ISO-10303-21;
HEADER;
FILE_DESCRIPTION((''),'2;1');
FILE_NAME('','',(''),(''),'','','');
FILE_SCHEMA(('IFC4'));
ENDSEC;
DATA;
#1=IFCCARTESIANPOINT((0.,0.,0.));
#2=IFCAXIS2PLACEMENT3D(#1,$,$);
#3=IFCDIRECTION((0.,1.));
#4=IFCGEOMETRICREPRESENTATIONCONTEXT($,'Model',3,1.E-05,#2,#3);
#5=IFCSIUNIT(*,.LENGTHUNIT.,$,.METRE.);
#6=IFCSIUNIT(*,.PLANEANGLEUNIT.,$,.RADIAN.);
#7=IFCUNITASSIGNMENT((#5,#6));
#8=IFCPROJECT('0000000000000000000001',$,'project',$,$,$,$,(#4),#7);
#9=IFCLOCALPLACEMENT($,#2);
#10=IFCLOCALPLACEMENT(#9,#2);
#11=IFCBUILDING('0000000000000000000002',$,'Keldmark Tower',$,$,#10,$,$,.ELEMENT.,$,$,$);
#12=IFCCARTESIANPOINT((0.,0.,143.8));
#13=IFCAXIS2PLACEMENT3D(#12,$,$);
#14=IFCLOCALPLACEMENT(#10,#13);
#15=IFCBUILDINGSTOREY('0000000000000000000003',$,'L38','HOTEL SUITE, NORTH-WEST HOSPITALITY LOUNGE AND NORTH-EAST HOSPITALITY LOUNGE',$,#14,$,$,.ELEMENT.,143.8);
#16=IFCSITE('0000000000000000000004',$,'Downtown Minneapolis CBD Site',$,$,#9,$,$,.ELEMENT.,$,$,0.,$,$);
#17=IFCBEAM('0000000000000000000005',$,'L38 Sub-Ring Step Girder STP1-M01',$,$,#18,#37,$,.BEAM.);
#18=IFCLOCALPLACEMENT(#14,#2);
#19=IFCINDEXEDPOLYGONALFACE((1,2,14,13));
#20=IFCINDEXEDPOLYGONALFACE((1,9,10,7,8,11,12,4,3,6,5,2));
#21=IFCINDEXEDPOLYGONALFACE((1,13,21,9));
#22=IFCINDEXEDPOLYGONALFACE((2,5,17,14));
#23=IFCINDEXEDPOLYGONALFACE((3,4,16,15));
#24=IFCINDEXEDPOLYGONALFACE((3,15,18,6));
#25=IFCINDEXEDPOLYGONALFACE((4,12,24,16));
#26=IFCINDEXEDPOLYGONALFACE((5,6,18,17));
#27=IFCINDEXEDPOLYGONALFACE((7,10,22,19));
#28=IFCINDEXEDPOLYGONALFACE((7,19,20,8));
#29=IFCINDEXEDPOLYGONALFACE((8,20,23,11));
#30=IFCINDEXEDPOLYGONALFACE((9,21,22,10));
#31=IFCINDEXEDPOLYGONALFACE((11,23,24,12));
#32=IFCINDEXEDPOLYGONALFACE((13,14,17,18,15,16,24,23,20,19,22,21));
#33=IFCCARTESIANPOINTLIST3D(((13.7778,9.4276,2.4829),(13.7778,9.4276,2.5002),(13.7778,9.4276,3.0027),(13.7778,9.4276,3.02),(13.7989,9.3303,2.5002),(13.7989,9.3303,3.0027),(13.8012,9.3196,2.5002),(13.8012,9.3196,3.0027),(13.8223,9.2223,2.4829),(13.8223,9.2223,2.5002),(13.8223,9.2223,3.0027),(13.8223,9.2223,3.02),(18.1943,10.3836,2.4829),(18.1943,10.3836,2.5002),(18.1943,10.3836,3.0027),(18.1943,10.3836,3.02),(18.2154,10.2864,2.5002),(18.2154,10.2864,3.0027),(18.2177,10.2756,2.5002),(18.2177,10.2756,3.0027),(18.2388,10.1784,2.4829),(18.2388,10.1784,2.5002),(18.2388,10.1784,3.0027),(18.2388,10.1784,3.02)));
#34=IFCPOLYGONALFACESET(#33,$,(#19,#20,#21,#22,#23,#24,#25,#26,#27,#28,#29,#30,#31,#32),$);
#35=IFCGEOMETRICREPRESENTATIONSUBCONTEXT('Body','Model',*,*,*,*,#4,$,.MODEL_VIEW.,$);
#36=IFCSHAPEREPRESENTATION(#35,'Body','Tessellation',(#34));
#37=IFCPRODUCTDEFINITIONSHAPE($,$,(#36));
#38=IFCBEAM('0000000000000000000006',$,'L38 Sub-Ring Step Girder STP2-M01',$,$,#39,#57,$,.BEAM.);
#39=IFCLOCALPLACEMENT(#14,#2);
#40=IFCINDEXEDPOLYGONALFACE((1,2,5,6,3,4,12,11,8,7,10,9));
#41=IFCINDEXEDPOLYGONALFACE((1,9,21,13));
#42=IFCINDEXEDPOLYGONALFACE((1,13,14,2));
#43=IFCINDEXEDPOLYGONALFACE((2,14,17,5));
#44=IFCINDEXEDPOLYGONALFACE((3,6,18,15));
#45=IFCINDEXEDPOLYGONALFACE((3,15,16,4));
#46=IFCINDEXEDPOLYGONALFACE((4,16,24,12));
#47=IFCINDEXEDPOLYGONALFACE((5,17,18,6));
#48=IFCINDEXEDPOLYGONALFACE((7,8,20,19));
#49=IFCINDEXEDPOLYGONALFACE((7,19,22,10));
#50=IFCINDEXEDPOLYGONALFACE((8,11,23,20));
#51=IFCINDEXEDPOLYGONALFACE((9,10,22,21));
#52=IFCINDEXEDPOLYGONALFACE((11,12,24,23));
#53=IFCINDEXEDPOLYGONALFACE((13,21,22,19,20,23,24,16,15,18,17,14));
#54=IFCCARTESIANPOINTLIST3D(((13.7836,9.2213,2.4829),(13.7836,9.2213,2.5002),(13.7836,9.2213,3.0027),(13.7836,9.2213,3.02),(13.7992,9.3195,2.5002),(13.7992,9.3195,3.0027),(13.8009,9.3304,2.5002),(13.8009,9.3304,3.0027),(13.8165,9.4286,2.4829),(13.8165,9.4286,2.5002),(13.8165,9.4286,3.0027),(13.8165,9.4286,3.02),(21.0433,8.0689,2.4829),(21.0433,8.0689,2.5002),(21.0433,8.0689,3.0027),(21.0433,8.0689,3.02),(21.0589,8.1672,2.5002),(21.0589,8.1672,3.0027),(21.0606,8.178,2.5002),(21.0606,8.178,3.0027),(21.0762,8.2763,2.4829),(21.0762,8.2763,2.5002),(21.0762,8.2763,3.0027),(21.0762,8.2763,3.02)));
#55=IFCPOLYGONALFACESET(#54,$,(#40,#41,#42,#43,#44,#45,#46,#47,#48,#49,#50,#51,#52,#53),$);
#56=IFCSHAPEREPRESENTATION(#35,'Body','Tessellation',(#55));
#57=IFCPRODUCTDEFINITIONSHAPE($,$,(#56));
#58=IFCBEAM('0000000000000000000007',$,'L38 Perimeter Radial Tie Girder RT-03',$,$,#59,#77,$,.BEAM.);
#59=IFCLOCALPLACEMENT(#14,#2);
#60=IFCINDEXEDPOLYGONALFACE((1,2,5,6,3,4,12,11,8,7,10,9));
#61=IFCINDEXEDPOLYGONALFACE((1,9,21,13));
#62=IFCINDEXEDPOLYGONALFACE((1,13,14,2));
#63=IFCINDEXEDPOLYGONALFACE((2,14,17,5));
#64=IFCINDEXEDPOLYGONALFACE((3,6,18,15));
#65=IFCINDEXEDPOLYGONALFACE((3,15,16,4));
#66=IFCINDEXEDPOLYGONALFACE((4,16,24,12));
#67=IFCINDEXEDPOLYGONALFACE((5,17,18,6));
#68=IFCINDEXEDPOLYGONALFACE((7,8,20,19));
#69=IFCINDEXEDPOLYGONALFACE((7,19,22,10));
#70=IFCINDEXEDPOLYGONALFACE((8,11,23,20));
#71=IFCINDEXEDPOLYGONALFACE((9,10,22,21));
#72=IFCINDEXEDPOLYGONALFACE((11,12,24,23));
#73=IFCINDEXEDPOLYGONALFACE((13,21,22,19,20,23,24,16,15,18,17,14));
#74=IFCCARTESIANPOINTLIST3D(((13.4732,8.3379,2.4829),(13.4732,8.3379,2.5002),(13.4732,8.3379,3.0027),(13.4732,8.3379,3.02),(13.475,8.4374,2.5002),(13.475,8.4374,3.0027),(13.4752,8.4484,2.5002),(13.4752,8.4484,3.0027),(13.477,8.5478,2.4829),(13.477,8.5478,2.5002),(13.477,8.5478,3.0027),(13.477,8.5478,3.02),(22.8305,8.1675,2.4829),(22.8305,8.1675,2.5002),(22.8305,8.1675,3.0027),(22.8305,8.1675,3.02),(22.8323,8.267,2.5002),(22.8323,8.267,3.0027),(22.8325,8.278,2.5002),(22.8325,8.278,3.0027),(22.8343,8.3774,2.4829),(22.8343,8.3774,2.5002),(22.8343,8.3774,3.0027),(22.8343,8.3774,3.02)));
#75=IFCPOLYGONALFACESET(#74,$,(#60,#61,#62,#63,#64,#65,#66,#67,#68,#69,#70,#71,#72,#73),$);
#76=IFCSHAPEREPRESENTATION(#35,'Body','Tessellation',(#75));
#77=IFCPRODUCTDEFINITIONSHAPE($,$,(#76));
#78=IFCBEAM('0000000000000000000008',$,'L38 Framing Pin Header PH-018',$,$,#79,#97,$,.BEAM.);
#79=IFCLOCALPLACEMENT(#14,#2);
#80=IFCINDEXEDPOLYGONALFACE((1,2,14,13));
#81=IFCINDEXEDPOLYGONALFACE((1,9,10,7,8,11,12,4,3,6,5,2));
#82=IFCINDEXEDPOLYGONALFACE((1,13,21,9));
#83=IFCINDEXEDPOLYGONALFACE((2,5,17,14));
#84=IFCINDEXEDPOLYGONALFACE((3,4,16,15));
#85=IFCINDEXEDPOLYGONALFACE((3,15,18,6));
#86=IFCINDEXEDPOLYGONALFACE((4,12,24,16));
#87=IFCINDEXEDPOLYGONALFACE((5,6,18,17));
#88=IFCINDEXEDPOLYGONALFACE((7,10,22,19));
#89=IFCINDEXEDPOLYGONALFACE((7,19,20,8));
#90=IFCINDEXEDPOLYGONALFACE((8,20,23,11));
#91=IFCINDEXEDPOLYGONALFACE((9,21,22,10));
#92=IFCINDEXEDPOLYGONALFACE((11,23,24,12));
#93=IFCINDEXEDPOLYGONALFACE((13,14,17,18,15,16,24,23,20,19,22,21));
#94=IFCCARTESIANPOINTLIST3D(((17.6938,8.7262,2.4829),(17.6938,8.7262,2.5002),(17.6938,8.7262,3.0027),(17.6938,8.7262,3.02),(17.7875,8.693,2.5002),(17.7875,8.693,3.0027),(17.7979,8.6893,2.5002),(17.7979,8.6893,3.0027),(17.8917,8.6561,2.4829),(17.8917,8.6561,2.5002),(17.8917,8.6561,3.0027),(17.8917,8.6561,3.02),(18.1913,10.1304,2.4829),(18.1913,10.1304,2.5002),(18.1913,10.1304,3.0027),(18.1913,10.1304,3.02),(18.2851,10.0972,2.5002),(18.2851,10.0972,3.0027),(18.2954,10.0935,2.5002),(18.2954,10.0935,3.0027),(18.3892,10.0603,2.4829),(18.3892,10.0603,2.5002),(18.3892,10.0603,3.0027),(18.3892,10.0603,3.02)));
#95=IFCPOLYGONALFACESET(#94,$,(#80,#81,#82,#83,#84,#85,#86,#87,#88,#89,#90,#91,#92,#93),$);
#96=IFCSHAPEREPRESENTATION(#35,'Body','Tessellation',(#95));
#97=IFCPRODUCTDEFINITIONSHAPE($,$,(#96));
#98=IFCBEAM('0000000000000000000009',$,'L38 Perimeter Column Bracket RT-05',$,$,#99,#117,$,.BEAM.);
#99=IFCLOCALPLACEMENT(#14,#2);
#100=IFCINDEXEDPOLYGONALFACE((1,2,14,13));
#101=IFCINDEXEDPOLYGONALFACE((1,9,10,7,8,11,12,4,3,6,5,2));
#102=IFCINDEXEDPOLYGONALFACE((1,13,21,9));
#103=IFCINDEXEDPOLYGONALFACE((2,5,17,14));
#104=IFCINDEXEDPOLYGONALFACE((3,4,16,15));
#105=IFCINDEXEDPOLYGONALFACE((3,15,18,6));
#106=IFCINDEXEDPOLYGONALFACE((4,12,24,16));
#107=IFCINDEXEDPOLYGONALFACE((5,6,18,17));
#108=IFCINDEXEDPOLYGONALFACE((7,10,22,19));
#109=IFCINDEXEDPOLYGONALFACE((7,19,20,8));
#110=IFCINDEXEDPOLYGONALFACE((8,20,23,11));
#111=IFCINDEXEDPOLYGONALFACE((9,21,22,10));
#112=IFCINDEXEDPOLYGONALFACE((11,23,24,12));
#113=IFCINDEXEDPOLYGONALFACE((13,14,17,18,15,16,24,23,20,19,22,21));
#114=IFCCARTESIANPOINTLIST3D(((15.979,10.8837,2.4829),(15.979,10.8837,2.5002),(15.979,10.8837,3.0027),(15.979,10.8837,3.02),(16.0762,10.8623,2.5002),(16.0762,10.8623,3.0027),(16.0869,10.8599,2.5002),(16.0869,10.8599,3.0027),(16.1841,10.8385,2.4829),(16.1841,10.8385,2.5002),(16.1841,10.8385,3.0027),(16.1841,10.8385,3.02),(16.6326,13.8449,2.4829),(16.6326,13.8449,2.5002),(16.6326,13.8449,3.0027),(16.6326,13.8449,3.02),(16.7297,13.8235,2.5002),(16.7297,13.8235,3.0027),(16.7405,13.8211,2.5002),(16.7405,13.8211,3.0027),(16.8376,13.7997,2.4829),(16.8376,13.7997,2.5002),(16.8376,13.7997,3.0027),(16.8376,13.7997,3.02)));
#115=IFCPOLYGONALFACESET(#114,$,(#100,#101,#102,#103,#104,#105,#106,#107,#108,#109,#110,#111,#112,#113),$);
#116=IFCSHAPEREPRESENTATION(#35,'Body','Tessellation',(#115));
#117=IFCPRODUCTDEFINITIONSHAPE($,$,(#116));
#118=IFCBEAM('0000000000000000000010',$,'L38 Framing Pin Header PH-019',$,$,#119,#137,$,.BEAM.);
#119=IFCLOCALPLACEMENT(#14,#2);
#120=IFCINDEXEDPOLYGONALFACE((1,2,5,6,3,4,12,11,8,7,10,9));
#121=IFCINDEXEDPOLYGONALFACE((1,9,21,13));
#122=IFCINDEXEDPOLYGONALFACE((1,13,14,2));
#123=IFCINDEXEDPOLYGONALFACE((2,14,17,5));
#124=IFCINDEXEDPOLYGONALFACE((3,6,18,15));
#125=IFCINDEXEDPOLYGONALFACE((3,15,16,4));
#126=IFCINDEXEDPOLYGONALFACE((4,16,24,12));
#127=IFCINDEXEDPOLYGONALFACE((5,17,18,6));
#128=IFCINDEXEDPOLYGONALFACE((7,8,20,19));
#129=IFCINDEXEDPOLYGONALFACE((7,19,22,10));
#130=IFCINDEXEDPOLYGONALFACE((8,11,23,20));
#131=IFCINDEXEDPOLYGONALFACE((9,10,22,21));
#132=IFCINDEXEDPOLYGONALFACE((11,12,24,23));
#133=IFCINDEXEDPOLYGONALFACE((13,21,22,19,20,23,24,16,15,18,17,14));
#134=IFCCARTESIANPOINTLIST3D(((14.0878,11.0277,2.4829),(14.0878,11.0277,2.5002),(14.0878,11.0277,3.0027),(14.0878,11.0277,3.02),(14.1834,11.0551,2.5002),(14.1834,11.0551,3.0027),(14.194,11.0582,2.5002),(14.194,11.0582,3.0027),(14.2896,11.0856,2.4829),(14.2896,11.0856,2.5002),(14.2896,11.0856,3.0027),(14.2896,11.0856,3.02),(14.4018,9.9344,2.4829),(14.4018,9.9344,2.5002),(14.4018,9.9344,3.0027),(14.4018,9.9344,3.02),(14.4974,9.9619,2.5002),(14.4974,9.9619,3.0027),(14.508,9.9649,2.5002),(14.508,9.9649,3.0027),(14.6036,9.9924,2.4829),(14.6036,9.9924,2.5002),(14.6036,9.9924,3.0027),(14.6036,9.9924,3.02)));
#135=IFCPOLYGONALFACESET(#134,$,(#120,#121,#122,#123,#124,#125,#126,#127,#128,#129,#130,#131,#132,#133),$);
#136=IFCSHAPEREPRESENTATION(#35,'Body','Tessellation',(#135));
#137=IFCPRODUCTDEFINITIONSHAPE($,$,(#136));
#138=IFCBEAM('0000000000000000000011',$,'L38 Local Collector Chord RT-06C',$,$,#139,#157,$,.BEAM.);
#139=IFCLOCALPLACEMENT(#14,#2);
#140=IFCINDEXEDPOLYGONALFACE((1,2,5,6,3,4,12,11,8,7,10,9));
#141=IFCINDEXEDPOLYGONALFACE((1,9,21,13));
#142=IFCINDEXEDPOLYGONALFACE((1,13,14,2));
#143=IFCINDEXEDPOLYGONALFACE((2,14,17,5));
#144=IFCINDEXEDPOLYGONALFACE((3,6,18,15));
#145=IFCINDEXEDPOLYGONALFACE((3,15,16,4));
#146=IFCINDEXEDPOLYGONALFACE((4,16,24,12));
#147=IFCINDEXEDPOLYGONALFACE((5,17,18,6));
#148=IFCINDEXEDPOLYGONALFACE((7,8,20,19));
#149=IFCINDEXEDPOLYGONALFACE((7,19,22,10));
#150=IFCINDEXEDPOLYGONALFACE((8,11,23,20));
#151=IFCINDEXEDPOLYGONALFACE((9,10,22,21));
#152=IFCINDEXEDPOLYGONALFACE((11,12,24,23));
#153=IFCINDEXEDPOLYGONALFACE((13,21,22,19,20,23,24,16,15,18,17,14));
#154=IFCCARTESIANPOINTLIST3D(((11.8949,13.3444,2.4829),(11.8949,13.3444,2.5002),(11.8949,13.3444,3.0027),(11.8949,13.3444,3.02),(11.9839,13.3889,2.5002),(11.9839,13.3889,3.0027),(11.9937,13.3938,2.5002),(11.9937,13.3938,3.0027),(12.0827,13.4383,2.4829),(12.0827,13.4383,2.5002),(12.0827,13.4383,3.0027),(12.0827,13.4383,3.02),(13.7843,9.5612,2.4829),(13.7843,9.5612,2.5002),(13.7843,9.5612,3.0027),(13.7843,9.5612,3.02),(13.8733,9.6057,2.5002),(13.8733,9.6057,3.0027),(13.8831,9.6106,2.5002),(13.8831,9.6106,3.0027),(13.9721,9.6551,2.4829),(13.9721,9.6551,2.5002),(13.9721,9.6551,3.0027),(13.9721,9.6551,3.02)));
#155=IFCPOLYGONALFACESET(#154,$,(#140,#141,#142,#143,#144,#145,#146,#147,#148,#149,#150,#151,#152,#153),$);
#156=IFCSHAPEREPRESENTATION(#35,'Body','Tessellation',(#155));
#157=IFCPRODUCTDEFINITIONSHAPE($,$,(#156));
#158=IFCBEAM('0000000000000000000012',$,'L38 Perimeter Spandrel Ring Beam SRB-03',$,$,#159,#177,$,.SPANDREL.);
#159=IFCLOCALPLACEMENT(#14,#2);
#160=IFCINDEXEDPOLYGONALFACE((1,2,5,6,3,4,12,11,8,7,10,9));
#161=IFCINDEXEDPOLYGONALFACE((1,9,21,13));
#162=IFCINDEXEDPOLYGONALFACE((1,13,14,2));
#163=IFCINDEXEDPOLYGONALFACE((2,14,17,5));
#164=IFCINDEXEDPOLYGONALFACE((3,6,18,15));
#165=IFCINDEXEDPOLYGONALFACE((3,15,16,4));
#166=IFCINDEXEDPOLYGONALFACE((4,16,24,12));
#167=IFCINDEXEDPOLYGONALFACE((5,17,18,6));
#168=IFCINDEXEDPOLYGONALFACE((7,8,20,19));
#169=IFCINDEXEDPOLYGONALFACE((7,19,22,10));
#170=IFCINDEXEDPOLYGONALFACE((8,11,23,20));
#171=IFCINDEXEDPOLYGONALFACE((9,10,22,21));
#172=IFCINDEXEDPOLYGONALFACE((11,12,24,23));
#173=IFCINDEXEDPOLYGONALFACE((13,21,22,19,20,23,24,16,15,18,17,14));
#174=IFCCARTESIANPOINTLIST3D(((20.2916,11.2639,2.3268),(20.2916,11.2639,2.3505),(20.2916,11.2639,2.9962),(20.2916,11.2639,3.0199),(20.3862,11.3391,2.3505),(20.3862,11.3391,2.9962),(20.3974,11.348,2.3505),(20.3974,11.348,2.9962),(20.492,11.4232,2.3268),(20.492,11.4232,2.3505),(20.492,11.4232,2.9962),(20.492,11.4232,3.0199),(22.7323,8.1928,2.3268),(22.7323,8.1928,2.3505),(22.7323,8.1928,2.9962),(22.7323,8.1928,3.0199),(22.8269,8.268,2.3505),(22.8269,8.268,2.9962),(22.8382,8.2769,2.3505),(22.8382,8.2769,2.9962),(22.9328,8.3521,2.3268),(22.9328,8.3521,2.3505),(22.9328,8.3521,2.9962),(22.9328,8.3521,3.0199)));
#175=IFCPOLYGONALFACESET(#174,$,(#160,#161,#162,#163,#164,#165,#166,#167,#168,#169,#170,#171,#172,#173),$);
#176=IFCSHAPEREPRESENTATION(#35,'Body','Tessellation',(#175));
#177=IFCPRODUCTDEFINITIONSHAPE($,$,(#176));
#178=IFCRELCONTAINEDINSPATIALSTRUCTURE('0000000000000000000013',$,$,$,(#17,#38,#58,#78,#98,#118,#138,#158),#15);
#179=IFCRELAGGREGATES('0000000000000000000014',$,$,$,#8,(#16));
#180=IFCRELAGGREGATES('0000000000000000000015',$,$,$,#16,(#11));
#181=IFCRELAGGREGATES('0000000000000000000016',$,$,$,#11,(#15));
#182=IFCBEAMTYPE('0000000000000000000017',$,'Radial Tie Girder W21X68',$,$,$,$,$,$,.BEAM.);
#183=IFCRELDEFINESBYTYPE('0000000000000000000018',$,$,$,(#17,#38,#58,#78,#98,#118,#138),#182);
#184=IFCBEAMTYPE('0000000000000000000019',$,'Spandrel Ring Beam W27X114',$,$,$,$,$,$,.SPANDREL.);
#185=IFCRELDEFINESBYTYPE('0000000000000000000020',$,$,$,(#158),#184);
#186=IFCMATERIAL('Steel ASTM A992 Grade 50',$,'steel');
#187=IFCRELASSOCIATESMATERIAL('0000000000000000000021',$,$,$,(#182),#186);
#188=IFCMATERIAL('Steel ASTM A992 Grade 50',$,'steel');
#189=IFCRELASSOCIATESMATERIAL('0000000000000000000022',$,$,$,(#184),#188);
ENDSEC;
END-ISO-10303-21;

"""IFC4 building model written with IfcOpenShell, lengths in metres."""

from ifc_helpers import new_model, si_unit, direction, frame, origin, origin_2d, place, context, subcontext, project, spatial, i_section, extrude, material, material_profile, profile_set, type_object, element, save


model = new_model("IFC4")

# Units and contexts
model_context = context("Model", 3, precision=1e-05, world=origin(), true_north=direction((0.0, 1.0)))
body_context = subcontext(model_context, "Body", "Model", "MODEL_VIEW")
ifc_project = project(units=[si_unit("LENGTHUNIT", "METRE"), si_unit("PLANEANGLEUNIT", "RADIAN")], contexts=[model_context])

# Site, building, storey
site_placement = place(None, origin())
site = spatial("IfcSite", under=ifc_project, at=site_placement, Name="Downtown Minneapolis CBD Site", CompositionType="ELEMENT", RefElevation=0.0)
building_placement = place(site_placement, origin())
building = spatial("IfcBuilding", under=site, at=building_placement, Name="Keldmark Tower", CompositionType="ELEMENT")
storey_placement = place(building_placement, frame((0.0, 0.0, 143.8)))
storey = spatial("IfcBuildingStorey", under=building, at=storey_placement, Name="L38", Description="HOTEL SUITE, NORTH-WEST HOSPITALITY LOUNGE AND NORTH-EAST HOSPITALITY LOUNGE", CompositionType="ELEMENT", Elevation=143.8)

# Beams
ifc_material_1 = material(Name="Steel ASTM A992 Grade 50", Category="steel")
ifc_material_profile_1 = material_profile(ifc_material_1, i_section(OverallWidth=0.21, OverallDepth=0.5371, WebThickness=0.011, FlangeThickness=0.0173, at=origin_2d()), Name="W21X68")
ifc_profile_set_1 = profile_set([ifc_material_profile_1], Name="Steel ASTM A992 Grade 50")
beam_type_1 = type_object("IfcBeamType", Name="Radial Tie Girder W21X68", PredefinedType="BEAM", material=ifc_profile_set_1)
beam_1_placement = place(storey_placement, frame((13.8, 9.325, 2.7515), z_axis=(0.977362, 0.211573, 0.0), x_axis=(-0.211573, 0.977362, 0.0)))
element("IfcBeam", 1, at=beam_1_placement, inside=storey, type_object=beam_type_1, Name="L38 Sub-Ring Step Girder STP1-M01", PredefinedType="BEAM", context=body_context, shape_type="SweptSolid", body=[
    extrude(i_section(OverallWidth=0.21, OverallDepth=0.5371, WebThickness=0.011, FlangeThickness=0.0173, at=origin_2d()), origin(), (0.0, 0.0, 1.0), 4.5188),
])
beam_2_placement = place(storey_placement, frame((13.8, 9.325, 2.7515), z_axis=(0.987636, -0.156768, 0.0), x_axis=(0.156768, 0.987636, 0.0)))
element("IfcBeam", 2, at=beam_2_placement, inside=storey, type_object=beam_type_1, Name="L38 Sub-Ring Step Girder STP2-M01", PredefinedType="BEAM", context=body_context, shape_type="SweptSolid", body=[
    extrude(i_section(OverallWidth=0.21, OverallDepth=0.5371, WebThickness=0.011, FlangeThickness=0.0173, at=origin_2d()), origin(), (0.0, 0.0, 1.0), 7.3506),
])
beam_3_placement = place(storey_placement, frame((13.4751, 8.4429, 2.7515), z_axis=(0.999834, -0.018208, 0.0), x_axis=(0.018208, 0.999834, 0.0)))
element("IfcBeam", 3, at=beam_3_placement, inside=storey, type_object=beam_type_1, Name="L38 Perimeter Radial Tie Girder RT-03", PredefinedType="BEAM", context=body_context, shape_type="SweptSolid", body=[
    extrude(i_section(OverallWidth=0.21, OverallDepth=0.5371, WebThickness=0.011, FlangeThickness=0.0173, at=origin_2d()), origin(), (0.0, 0.0, 1.0), 9.3589),
])
beam_4_placement = place(storey_placement, frame((17.7927, 8.6912, 2.7515), z_axis=(0.333968, 0.942584, 0.0), x_axis=(-0.942584, 0.333968, 0.0)))
element("IfcBeam", 4, at=beam_4_placement, inside=storey, type_object=beam_type_1, Name="L38 Framing Pin Header PH-018", PredefinedType="BEAM", context=body_context, shape_type="SweptSolid", body=[
    extrude(i_section(OverallWidth=0.21, OverallDepth=0.5371, WebThickness=0.011, FlangeThickness=0.0173, at=origin_2d()), origin(), (0.0, 0.0, 1.0), 1.4897),
])
beam_5_placement = place(storey_placement, frame((16.0815, 10.8611, 2.7515), z_axis=(0.215524, 0.976499, 0.0), x_axis=(-0.976499, 0.215524, 0.0)))
element("IfcBeam", 5, at=beam_5_placement, inside=storey, type_object=beam_type_1, Name="L38 Perimeter Column Bracket RT-05", PredefinedType="BEAM", context=body_context, shape_type="SweptSolid", body=[
    extrude(i_section(OverallWidth=0.21, OverallDepth=0.5371, WebThickness=0.011, FlangeThickness=0.0173, at=origin_2d()), origin(), (0.0, 0.0, 1.0), 3.0325),
])
beam_6_placement = place(storey_placement, frame((14.5027, 9.9634, 2.7515), z_axis=(-0.276025, 0.96115, 0.0), x_axis=(-0.96115, -0.276025, 0.0)))
element("IfcBeam", 6, at=beam_6_placement, inside=storey, type_object=beam_type_1, Name="L38 Framing Pin Header PH-019", PredefinedType="BEAM", context=body_context, shape_type="SweptSolid", body=[
    extrude(i_section(OverallWidth=0.21, OverallDepth=0.5371, WebThickness=0.011, FlangeThickness=0.0173, at=origin_2d()), origin(), (0.0, 0.0, 1.0), 1.1375),
])
beam_7_placement = place(storey_placement, frame((13.8782, 9.6082, 2.7515), z_axis=(-0.446798, 0.894635, 0.0), x_axis=(-0.894635, -0.446798, 0.0)))
element("IfcBeam", 7, at=beam_7_placement, inside=storey, type_object=beam_type_1, Name="L38 Local Collector Chord RT-06C", PredefinedType="BEAM", context=body_context, shape_type="SweptSolid", body=[
    extrude(i_section(OverallWidth=0.21, OverallDepth=0.5371, WebThickness=0.011, FlangeThickness=0.0173, at=origin_2d()), origin(), (0.0, 0.0, 1.0), 4.2288),
])
ifc_material_2 = material(Name="Steel ASTM A992 Grade 50", Category="steel")
ifc_material_profile_2 = material_profile(ifc_material_2, i_section(OverallWidth=0.2561, OverallDepth=0.6931, WebThickness=0.0144, FlangeThickness=0.0237, at=origin_2d()), Name="W27X114")
ifc_profile_set_2 = profile_set([ifc_material_profile_2], Name="Steel ASTM A992 Grade 50")
beam_type_2 = type_object("IfcBeamType", Name="Spandrel Ring Beam W27X114", PredefinedType="SPANDREL", material=ifc_profile_set_2)
beam_8_placement = place(storey_placement, frame((22.8325, 8.2725, 2.6733), z_axis=(-0.62218, 0.782875, 0.0), x_axis=(-0.782875, -0.62218, 0.0)))
element("IfcBeam", 8, at=beam_8_placement, inside=storey, type_object=beam_type_2, Name="L38 Perimeter Spandrel Ring Beam SRB-03", PredefinedType="SPANDREL", context=body_context, shape_type="SweptSolid", body=[
    extrude(i_section(OverallWidth=0.2561, OverallDepth=0.6931, WebThickness=0.0144, FlangeThickness=0.0237, at=origin_2d()), origin(), (0.0, 0.0, 1.0), 3.9229),
])

save(model, "model.ifc")
